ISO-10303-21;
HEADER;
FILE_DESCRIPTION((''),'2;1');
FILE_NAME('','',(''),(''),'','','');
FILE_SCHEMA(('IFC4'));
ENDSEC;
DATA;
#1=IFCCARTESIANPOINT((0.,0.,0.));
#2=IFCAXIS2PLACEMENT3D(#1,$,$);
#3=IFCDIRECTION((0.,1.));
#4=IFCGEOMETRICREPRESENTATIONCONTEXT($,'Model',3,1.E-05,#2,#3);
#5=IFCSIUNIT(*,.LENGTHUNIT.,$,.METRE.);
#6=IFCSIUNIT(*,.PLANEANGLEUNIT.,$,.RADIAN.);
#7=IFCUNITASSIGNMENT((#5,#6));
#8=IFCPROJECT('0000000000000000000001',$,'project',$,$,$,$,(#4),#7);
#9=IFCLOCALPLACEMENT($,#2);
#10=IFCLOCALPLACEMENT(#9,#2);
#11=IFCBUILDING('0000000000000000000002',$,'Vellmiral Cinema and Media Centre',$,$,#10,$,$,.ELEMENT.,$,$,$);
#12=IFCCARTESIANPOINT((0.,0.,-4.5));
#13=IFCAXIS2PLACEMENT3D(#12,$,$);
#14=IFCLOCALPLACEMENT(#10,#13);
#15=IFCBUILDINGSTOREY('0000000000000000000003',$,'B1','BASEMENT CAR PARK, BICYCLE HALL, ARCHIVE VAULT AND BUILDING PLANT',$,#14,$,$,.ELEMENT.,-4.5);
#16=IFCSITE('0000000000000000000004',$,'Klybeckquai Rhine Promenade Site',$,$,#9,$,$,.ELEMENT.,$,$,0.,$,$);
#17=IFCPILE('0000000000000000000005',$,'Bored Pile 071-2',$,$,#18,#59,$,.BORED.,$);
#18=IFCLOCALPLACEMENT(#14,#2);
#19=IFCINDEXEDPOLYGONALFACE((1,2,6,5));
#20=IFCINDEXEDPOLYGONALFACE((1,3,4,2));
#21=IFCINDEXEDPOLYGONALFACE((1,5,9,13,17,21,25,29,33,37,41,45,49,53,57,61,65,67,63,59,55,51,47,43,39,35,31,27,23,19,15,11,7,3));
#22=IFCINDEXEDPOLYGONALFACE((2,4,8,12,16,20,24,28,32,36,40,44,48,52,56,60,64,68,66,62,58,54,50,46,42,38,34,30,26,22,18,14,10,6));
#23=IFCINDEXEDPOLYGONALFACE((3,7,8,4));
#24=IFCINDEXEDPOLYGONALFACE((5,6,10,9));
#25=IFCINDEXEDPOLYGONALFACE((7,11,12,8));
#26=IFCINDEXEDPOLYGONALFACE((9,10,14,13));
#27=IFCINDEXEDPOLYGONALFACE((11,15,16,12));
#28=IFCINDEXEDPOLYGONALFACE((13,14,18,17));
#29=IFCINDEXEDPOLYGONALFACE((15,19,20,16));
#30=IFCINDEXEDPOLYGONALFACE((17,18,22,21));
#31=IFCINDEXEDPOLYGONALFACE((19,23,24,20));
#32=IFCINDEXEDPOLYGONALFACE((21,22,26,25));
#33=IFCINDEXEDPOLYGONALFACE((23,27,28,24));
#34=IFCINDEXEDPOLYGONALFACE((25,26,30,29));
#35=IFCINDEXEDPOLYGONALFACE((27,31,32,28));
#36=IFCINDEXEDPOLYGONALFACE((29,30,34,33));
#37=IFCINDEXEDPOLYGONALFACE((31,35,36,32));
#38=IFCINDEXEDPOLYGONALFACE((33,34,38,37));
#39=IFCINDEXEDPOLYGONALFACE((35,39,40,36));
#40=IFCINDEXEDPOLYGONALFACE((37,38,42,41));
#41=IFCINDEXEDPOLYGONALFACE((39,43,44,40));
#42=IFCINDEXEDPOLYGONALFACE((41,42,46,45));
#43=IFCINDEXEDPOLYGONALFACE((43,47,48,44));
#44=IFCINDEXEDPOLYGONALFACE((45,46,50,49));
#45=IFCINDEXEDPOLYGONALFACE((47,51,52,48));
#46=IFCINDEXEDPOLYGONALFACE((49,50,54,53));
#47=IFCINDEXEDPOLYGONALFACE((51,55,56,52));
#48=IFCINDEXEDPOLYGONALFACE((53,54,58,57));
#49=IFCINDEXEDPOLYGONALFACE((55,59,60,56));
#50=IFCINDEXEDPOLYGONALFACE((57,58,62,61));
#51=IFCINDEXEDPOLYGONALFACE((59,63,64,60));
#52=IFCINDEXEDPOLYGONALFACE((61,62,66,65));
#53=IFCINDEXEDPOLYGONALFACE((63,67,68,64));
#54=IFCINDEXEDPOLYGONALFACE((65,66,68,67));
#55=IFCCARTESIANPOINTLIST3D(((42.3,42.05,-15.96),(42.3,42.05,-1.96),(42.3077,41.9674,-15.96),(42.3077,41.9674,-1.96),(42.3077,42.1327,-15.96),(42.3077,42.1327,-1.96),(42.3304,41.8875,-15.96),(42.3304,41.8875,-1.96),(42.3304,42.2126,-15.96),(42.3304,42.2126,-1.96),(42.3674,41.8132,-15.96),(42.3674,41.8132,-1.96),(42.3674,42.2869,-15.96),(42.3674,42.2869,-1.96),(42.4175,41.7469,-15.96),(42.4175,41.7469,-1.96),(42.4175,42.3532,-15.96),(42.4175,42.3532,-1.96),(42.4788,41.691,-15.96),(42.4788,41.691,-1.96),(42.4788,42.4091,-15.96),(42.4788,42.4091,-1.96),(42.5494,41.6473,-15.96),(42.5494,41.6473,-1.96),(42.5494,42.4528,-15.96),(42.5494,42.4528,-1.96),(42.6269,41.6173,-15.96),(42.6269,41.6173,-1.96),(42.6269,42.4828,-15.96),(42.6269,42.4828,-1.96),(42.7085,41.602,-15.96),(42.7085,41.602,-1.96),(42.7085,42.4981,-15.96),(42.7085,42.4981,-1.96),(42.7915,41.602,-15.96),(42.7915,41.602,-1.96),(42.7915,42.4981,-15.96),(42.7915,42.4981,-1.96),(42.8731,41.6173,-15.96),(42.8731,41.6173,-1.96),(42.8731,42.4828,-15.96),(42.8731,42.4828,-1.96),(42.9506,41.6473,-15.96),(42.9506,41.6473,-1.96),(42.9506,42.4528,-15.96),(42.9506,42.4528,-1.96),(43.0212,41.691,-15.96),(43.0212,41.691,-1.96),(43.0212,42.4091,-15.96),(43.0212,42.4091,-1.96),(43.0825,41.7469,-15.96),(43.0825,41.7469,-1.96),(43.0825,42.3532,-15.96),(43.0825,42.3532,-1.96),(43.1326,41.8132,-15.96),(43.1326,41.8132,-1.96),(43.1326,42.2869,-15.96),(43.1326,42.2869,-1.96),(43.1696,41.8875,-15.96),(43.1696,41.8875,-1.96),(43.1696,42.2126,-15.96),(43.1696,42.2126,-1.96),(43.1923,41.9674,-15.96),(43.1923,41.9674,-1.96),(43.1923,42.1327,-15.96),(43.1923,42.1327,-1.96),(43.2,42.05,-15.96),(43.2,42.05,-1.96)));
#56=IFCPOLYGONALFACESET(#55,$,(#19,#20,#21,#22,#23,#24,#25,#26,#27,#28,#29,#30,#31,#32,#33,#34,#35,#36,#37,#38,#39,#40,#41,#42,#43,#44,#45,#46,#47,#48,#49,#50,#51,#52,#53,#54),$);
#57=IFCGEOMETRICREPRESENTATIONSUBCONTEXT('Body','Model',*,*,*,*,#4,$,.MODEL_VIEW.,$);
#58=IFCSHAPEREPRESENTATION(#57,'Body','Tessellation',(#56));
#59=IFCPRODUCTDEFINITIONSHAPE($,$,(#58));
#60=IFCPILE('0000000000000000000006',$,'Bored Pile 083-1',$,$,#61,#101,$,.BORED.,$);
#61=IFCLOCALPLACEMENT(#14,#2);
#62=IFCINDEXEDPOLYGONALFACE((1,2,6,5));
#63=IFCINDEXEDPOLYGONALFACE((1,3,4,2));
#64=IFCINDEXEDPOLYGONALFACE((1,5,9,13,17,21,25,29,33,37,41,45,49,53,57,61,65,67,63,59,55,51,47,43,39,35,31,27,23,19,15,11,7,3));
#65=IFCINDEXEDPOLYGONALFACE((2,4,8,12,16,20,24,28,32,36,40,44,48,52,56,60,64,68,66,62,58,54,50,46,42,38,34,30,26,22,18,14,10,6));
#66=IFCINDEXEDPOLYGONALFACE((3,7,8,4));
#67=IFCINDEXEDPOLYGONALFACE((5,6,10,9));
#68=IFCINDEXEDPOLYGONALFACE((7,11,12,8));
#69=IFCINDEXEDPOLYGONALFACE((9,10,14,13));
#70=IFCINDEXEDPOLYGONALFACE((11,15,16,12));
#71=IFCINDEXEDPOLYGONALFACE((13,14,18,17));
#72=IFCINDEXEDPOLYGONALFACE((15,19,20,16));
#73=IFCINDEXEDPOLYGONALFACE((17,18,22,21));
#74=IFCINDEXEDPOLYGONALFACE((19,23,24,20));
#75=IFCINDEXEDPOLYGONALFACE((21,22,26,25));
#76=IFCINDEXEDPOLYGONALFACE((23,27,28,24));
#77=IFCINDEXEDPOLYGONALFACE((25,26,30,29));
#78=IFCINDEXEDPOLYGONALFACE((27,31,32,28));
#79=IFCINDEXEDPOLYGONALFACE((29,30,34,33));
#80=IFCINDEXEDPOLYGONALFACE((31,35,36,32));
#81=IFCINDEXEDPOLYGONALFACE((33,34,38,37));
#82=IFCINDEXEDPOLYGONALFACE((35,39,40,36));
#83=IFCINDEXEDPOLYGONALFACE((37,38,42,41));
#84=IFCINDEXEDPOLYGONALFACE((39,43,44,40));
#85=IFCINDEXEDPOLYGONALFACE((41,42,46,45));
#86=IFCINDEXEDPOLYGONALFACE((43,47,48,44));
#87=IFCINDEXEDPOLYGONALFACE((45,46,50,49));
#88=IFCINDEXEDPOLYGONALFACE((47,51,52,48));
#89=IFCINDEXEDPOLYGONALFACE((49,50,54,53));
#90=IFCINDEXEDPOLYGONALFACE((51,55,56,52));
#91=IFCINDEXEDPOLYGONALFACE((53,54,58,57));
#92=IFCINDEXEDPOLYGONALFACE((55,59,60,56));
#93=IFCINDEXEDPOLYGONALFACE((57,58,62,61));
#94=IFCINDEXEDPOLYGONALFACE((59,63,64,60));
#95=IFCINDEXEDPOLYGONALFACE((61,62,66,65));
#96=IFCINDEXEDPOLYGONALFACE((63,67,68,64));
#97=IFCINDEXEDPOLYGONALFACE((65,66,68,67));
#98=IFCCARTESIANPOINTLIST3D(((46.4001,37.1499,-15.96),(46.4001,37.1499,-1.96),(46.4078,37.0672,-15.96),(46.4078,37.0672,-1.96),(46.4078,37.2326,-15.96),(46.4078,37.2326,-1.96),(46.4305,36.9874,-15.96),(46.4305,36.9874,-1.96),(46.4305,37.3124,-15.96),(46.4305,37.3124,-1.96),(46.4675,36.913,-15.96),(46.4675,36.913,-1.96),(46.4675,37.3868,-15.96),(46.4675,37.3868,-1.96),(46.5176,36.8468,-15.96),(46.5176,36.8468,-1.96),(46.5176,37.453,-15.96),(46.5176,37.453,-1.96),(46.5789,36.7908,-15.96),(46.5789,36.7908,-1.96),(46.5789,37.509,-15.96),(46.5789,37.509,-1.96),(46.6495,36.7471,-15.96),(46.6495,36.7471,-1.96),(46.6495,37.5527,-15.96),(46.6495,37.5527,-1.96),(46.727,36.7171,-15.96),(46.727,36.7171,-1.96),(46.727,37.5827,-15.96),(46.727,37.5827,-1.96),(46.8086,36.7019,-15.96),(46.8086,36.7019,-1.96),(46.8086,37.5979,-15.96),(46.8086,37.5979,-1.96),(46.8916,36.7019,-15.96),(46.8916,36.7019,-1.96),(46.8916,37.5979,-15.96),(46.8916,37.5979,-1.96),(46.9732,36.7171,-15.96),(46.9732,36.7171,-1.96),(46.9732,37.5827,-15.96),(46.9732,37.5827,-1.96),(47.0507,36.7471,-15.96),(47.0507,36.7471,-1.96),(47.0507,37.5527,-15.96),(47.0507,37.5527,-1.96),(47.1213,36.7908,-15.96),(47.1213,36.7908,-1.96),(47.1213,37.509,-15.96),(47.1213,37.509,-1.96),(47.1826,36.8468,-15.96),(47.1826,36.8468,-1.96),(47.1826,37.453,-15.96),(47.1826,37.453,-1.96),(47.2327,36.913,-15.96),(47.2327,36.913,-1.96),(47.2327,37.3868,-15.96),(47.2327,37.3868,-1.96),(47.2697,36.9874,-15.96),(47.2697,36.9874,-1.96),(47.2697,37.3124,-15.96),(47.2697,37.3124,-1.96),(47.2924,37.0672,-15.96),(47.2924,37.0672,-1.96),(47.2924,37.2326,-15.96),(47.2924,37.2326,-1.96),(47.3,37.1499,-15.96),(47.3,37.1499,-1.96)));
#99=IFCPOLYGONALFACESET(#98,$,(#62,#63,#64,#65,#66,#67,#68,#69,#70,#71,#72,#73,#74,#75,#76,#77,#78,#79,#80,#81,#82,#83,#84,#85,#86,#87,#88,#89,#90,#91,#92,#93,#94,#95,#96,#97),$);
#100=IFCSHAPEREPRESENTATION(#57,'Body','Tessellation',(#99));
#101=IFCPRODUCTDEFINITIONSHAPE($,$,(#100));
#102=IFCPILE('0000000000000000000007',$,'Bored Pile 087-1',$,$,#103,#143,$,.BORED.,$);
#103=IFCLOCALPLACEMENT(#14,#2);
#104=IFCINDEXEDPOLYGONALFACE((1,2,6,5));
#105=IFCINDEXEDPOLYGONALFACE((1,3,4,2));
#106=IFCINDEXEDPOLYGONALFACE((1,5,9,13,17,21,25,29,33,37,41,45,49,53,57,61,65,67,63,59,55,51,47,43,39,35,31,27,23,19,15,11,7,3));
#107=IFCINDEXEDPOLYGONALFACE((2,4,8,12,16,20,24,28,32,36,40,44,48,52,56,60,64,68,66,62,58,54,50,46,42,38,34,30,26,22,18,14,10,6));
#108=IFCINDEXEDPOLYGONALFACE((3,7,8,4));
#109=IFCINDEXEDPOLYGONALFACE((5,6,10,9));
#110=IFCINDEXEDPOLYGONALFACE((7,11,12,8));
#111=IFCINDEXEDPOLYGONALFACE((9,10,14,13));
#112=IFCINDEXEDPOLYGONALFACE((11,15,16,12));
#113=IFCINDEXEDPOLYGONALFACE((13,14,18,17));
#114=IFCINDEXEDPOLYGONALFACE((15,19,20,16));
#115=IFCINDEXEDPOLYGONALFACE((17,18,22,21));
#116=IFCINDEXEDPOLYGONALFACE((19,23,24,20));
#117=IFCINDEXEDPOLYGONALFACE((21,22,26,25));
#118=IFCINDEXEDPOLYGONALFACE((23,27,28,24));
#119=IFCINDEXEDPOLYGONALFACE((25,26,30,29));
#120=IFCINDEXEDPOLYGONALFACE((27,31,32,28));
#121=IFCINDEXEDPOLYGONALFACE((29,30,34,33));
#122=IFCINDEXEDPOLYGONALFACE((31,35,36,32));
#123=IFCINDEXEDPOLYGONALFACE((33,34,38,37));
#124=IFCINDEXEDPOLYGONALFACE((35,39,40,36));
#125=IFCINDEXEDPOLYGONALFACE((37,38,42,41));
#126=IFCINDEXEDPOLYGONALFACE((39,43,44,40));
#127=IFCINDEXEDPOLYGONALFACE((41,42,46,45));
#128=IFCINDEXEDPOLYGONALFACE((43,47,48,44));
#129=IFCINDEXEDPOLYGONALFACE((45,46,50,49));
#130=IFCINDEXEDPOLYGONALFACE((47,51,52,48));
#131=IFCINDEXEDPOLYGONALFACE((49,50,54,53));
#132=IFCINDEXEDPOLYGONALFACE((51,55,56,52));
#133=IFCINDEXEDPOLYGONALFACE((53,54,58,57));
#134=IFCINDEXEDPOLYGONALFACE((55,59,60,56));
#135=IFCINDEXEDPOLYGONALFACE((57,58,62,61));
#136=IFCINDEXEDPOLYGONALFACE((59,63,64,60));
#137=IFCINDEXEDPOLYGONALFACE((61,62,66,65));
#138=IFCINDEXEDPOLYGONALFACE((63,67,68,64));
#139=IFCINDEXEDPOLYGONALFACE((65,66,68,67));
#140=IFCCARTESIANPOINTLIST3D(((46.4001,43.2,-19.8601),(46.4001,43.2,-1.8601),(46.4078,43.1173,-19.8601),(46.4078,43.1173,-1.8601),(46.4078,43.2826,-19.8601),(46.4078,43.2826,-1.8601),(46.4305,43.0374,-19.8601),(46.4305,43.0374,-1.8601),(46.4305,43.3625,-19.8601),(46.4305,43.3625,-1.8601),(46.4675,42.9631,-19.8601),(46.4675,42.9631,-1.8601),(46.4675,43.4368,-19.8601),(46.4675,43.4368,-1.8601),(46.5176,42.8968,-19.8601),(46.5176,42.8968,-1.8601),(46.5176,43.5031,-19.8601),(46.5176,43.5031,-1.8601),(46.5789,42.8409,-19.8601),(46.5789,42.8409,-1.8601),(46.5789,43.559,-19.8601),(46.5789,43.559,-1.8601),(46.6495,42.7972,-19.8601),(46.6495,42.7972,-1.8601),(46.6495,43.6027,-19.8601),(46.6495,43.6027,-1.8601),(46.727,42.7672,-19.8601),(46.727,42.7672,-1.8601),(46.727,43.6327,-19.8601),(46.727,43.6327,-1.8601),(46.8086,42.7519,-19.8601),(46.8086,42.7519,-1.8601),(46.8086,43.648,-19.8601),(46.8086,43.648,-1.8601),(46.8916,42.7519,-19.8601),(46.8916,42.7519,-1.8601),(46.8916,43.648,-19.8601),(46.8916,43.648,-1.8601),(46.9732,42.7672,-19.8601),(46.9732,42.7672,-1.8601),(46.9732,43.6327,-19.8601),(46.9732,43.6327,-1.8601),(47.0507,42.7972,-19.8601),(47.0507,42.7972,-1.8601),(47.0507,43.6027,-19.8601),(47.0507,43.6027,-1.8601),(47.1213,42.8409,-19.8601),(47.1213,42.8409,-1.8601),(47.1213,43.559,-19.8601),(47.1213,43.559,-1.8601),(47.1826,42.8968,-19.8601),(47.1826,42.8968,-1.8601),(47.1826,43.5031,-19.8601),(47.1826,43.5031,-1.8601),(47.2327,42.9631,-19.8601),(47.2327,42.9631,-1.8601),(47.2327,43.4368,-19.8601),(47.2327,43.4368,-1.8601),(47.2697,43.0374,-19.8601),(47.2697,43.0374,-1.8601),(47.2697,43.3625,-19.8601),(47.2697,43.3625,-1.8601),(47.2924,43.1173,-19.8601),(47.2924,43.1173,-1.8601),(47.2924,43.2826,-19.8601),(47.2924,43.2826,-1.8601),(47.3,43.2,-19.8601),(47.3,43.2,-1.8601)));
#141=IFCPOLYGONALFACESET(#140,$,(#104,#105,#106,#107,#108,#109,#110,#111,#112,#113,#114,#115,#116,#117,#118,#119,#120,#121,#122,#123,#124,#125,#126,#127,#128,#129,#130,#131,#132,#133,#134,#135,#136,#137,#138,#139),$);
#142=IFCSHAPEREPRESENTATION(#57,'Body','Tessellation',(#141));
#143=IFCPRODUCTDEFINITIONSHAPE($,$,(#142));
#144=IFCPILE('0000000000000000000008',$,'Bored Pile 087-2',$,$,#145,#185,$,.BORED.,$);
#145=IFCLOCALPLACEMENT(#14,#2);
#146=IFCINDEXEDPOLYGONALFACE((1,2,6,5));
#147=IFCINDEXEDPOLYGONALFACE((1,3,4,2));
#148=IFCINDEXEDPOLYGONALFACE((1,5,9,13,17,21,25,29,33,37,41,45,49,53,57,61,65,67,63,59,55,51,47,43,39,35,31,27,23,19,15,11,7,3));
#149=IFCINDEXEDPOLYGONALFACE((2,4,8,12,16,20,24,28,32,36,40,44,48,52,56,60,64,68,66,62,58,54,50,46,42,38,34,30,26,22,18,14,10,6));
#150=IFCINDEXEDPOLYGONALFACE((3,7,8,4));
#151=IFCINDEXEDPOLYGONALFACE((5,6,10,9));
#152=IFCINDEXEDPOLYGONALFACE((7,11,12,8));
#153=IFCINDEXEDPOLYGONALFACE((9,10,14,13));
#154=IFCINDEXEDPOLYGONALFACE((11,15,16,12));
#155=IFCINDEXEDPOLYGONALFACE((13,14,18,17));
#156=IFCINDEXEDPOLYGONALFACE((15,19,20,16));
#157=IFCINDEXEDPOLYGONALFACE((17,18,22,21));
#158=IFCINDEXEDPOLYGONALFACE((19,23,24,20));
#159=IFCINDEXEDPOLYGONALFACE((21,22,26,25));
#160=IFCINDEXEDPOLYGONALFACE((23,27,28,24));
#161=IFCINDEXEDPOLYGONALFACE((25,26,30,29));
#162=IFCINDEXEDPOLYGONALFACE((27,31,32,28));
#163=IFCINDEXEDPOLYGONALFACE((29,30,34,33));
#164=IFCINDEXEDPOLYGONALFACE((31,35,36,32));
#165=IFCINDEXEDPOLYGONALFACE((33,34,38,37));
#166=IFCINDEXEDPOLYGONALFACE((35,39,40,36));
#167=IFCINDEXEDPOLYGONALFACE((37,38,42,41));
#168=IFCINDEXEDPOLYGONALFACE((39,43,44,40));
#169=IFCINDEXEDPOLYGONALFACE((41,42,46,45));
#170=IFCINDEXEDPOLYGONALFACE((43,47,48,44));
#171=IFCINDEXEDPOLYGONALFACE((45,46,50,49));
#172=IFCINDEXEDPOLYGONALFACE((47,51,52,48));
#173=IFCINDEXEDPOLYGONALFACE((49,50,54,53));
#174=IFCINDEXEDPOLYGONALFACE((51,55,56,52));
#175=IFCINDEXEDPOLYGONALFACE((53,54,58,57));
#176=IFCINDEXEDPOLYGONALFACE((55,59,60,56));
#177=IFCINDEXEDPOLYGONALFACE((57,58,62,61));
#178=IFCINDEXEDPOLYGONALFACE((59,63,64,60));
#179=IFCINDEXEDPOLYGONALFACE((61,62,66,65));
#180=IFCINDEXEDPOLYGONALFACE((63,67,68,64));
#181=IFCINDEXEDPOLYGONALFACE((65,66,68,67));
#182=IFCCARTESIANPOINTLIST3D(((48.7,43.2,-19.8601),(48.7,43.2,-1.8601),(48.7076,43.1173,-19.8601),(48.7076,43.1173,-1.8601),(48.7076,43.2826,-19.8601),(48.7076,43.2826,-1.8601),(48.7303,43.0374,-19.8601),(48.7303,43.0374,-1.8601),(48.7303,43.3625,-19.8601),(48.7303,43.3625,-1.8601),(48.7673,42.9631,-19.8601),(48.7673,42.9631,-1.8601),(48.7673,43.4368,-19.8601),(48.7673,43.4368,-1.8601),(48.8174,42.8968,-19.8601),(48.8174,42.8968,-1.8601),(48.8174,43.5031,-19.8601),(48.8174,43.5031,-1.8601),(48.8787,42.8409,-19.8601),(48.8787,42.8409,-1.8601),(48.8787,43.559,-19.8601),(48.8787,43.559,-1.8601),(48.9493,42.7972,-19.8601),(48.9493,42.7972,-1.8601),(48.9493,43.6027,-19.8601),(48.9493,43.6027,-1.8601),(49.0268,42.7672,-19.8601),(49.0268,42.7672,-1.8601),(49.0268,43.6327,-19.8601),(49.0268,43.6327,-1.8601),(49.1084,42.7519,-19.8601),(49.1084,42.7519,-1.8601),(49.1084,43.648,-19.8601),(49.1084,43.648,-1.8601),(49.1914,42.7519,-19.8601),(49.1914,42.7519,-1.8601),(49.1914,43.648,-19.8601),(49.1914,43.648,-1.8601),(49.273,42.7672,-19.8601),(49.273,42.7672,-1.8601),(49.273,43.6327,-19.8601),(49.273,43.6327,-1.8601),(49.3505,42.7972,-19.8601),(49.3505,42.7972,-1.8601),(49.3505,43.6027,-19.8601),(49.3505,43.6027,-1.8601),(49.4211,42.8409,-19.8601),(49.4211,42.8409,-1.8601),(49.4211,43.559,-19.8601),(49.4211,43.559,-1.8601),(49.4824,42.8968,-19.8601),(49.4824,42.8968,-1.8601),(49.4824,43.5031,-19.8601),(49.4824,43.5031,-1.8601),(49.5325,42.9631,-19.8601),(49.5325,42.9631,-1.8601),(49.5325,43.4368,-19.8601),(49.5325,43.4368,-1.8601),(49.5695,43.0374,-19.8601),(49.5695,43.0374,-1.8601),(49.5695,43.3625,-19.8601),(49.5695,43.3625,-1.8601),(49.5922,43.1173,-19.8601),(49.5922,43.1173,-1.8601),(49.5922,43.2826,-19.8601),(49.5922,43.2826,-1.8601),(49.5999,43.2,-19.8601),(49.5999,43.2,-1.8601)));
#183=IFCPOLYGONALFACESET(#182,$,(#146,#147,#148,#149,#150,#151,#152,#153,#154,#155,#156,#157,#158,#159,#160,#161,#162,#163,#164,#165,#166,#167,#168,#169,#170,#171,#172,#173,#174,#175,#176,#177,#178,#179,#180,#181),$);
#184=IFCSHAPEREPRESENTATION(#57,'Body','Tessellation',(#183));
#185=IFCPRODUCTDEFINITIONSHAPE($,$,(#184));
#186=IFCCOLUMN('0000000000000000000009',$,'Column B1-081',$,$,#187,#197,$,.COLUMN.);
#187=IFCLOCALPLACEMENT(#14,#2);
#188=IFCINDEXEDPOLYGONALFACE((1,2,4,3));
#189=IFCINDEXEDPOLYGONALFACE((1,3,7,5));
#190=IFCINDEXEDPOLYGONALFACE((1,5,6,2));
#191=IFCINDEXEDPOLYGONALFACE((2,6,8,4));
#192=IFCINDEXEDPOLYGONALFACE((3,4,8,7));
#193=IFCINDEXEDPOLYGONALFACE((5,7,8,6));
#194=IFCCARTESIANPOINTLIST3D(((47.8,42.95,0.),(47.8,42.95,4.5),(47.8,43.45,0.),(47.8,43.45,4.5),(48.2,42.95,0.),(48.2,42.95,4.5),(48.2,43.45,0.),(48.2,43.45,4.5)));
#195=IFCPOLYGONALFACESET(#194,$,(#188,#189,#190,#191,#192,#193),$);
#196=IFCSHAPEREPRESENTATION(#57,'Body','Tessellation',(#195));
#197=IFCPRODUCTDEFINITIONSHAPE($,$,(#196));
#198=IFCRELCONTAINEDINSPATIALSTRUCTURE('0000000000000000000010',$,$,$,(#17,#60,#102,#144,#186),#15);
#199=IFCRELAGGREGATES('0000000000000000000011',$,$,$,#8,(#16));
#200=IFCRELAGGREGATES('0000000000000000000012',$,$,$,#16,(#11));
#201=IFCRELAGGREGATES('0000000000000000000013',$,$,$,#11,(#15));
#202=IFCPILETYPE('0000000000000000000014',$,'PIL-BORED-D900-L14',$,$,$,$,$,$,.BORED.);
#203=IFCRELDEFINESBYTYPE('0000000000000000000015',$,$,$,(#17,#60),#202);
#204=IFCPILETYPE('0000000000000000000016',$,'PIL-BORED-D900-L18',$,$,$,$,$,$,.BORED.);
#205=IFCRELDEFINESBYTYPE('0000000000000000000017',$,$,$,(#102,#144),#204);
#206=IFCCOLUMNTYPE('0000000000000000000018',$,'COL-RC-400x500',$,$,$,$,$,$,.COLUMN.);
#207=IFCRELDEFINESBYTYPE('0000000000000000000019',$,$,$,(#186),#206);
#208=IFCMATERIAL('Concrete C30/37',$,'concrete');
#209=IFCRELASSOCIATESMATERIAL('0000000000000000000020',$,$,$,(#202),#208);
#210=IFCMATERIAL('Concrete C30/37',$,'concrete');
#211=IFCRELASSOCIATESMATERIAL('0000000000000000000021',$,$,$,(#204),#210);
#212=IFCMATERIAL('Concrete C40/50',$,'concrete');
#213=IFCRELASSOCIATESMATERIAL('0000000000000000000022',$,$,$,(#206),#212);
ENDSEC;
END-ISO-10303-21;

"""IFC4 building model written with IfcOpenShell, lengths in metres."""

from ifc_helpers import new_model, si_unit, direction, frame, origin, origin_2d, place, context, subcontext, project, spatial, rectangle, circle, extrude, material, material_profile, profile_set, type_object, element, save


model = new_model("IFC4")

# Units and contexts
model_context = context("Model", 3, precision=1e-05, world=origin(), true_north=direction((0.0, 1.0)))
body_context = subcontext(model_context, "Body", "Model", "MODEL_VIEW")
ifc_project = project(units=[si_unit("LENGTHUNIT", "METRE"), si_unit("PLANEANGLEUNIT", "RADIAN")], contexts=[model_context])

# Site, building, storey
site_placement = place(None, origin())
site = spatial("IfcSite", under=ifc_project, at=site_placement, Name="Klybeckquai Rhine Promenade Site", CompositionType="ELEMENT", RefElevation=0.0)
building_placement = place(site_placement, origin())
building = spatial("IfcBuilding", under=site, at=building_placement, Name="Vellmiral Cinema and Media Centre", CompositionType="ELEMENT")
storey_placement = place(building_placement, frame((0.0, 0.0, -4.5)))
storey = spatial("IfcBuildingStorey", under=building, at=storey_placement, Name="B1", Description="BASEMENT CAR PARK, BICYCLE HALL, ARCHIVE VAULT AND BUILDING PLANT", CompositionType="ELEMENT", Elevation=-4.5)

# Piles
ifc_material_1 = material(Name="Concrete C30/37", Category="concrete")
ifc_material_profile_1 = material_profile(ifc_material_1, circle(Radius=0.45, at=origin_2d()), Name="PILE D900")
ifc_profile_set_1 = profile_set([ifc_material_profile_1], Name="Concrete C30/37")
pile_type_1 = type_object("IfcPileType", Name="PIL-BORED-D900-L14", PredefinedType="BORED", material=ifc_profile_set_1)
for number, where, z_axis, x_axis, name in (
    (1, (42.75, 42.05, -1.96), (0.0, 0.0, -1.0), (1.0, 0.0, 0.0), "Bored Pile 071-2"),
    (2, (46.8501, 37.1499, -1.96), (0.0, 0.0, -1.0), (1.0, 0.0, 0.0), "Bored Pile 083-1"),
):
    element("IfcPile", number, at=place(storey_placement, frame(where, z_axis=z_axis, x_axis=x_axis)), inside=storey, type_object=pile_type_1, Name=name, PredefinedType="BORED", context=body_context, shape_type="SweptSolid", body=[
        extrude(circle(Radius=0.45, at=origin_2d()), origin(), (0.0, 0.0, 1.0), 14.0),
    ])
ifc_material_2 = material(Name="Concrete C30/37", Category="concrete")
ifc_material_profile_2 = material_profile(ifc_material_2, circle(Radius=0.45, at=origin_2d()), Name="PILE D900")
ifc_profile_set_2 = profile_set([ifc_material_profile_2], Name="Concrete C30/37")
pile_type_2 = type_object("IfcPileType", Name="PIL-BORED-D900-L18", PredefinedType="BORED", material=ifc_profile_set_2)
for number, where, z_axis, x_axis, name in (
    (3, (46.8501, 43.2, -1.8601), (0.0, 0.0, -1.0), (1.0, 0.0, 0.0), "Bored Pile 087-1"),
    (4, (49.1499, 43.2, -1.8601), (0.0, 0.0, -1.0), (1.0, 0.0, 0.0), "Bored Pile 087-2"),
):
    element("IfcPile", number, at=place(storey_placement, frame(where, z_axis=z_axis, x_axis=x_axis)), inside=storey, type_object=pile_type_2, Name=name, PredefinedType="BORED", context=body_context, shape_type="SweptSolid", body=[
        extrude(circle(Radius=0.45, at=origin_2d()), origin(), (0.0, 0.0, 1.0), 18.0),
    ])

# Column
ifc_material_3 = material(Name="Concrete C40/50", Category="concrete")
ifc_material_profile_3 = material_profile(ifc_material_3, rectangle(XDim=0.3999, YDim=0.5, at=origin_2d()), Name="RC 400x500")
ifc_profile_set_3 = profile_set([ifc_material_profile_3], Name="Concrete C40/50")
column_type_1 = type_object("IfcColumnType", Name="COL-RC-400x500", PredefinedType="COLUMN", material=ifc_profile_set_3)
column_1_placement = place(storey_placement, frame((48.0, 43.2, 0.0), z_axis=(0.0, 0.0, 1.0), x_axis=(1.0, 0.0, 0.0)))
element("IfcColumn", 5, at=column_1_placement, inside=storey, type_object=column_type_1, Name="Column B1-081", PredefinedType="COLUMN", context=body_context, shape_type="SweptSolid", body=[
    extrude(rectangle(XDim=0.3999, YDim=0.5, at=origin_2d()), origin(), (0.0, 0.0, 1.0), 4.5),
])

save(model, "model.ifc")
